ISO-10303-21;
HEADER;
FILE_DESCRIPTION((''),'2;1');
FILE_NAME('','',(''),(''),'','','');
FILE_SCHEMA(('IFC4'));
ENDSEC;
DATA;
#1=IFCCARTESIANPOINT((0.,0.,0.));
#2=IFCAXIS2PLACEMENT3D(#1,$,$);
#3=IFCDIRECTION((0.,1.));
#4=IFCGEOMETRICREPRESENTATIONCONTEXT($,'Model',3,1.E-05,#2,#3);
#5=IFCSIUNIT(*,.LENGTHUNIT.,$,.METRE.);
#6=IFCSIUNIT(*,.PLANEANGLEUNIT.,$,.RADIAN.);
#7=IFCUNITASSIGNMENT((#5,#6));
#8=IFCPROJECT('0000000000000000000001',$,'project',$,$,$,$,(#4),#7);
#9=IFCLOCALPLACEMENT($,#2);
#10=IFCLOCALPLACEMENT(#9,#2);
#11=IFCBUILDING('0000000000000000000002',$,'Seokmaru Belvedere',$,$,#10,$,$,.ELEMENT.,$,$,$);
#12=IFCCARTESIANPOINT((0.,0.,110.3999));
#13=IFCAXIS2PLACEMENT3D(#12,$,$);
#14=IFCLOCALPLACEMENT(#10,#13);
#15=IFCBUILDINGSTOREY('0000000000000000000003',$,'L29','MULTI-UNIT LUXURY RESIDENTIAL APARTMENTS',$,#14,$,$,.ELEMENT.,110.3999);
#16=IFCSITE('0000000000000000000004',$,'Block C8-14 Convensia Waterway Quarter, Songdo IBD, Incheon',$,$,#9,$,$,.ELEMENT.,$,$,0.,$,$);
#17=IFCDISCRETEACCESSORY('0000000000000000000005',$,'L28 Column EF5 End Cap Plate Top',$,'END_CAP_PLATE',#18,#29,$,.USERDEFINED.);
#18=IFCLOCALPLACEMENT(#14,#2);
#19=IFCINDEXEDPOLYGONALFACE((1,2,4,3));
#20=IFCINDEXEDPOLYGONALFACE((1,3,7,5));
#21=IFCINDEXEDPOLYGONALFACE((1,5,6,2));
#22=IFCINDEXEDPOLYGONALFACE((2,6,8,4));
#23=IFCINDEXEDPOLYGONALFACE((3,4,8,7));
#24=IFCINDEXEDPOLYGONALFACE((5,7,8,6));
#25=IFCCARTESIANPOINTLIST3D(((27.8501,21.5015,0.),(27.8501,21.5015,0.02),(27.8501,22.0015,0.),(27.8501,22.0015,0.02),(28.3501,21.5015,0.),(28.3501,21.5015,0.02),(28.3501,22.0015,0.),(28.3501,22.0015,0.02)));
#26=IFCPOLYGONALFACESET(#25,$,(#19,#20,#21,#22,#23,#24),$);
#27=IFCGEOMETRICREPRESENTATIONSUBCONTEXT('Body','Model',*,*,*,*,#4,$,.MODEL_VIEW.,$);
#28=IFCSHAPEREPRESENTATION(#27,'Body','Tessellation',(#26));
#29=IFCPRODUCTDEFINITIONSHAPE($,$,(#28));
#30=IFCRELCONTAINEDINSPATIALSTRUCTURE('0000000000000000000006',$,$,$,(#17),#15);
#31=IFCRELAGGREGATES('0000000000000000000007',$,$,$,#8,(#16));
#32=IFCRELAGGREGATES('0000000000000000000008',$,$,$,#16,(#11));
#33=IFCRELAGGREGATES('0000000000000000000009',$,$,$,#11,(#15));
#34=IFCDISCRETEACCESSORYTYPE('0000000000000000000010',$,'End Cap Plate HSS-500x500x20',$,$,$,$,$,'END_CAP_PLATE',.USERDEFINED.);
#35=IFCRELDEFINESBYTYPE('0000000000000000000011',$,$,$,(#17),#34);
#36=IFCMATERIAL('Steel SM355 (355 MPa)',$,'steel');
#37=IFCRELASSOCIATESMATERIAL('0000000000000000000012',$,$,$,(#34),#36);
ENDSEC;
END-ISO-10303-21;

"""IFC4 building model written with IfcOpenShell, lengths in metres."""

from ifc_helpers import new_model, si_unit, direction, frame, origin, origin_2d, place, context, subcontext, project, spatial, rectangle, extrude, source, transform, mapped, material, type_object, type_shapes, element, save


model = new_model("IFC4")

# Units and contexts
model_context = context("Model", 3, precision=1e-05, world=origin(), true_north=direction((0.0, 1.0)))
body_context = subcontext(model_context, "Body", "Model", "MODEL_VIEW")
ifc_project = project(units=[si_unit("LENGTHUNIT", "METRE"), si_unit("PLANEANGLEUNIT", "RADIAN")], contexts=[model_context])

# Site, building, storey
site_placement = place(None, origin())
site = spatial("IfcSite", under=ifc_project, at=site_placement, Name="Block C8-14 Convensia Waterway Quarter, Songdo IBD, Incheon", CompositionType="ELEMENT", RefElevation=0.0)
building_placement = place(site_placement, origin())
building = spatial("IfcBuilding", under=site, at=building_placement, Name="Seokmaru Belvedere", CompositionType="ELEMENT")
storey_placement = place(building_placement, frame((0.0, 0.0, 110.3999)))
storey = spatial("IfcBuildingStorey", under=building, at=storey_placement, Name="L29", Description="MULTI-UNIT LUXURY RESIDENTIAL APARTMENTS", CompositionType="ELEMENT", Elevation=110.3999)

# Shared definitions
ifc_material_1 = material(Name="Steel SM355 (355 MPa)", Category="steel")

# Discrete accessory
discrete_accessory_type = type_object("IfcDiscreteAccessoryType", Name="End Cap Plate HSS-500x500x20", ElementType="END_CAP_PLATE", PredefinedType="USERDEFINED", material=ifc_material_1)
shared_shape_1 = source(origin(), body_context, "Body", "SweptSolid", [
    extrude(rectangle(XDim=0.5, YDim=0.5, at=origin_2d()), origin(), (0.0, 0.0, 1.0), 0.02),
])
type_shapes(discrete_accessory_type, [shared_shape_1])
discrete_accessory_placement = place(storey_placement, frame((28.1001, 21.7515, 0.0), z_axis=(0.0, 0.0, 1.0), x_axis=(1.0, 0.0, 0.0)))
element("IfcDiscreteAccessory", 1, at=discrete_accessory_placement, inside=storey, type_object=discrete_accessory_type, Name="L28 Column EF5 End Cap Plate Top", ObjectType="END_CAP_PLATE", PredefinedType="USERDEFINED", context=body_context, shape_type="MappedRepresentation", body=[
    mapped(shared_shape_1, transform((0.0, 0.0, 0.0), scale=1.0)),
])

save(model, "model.ifc")
